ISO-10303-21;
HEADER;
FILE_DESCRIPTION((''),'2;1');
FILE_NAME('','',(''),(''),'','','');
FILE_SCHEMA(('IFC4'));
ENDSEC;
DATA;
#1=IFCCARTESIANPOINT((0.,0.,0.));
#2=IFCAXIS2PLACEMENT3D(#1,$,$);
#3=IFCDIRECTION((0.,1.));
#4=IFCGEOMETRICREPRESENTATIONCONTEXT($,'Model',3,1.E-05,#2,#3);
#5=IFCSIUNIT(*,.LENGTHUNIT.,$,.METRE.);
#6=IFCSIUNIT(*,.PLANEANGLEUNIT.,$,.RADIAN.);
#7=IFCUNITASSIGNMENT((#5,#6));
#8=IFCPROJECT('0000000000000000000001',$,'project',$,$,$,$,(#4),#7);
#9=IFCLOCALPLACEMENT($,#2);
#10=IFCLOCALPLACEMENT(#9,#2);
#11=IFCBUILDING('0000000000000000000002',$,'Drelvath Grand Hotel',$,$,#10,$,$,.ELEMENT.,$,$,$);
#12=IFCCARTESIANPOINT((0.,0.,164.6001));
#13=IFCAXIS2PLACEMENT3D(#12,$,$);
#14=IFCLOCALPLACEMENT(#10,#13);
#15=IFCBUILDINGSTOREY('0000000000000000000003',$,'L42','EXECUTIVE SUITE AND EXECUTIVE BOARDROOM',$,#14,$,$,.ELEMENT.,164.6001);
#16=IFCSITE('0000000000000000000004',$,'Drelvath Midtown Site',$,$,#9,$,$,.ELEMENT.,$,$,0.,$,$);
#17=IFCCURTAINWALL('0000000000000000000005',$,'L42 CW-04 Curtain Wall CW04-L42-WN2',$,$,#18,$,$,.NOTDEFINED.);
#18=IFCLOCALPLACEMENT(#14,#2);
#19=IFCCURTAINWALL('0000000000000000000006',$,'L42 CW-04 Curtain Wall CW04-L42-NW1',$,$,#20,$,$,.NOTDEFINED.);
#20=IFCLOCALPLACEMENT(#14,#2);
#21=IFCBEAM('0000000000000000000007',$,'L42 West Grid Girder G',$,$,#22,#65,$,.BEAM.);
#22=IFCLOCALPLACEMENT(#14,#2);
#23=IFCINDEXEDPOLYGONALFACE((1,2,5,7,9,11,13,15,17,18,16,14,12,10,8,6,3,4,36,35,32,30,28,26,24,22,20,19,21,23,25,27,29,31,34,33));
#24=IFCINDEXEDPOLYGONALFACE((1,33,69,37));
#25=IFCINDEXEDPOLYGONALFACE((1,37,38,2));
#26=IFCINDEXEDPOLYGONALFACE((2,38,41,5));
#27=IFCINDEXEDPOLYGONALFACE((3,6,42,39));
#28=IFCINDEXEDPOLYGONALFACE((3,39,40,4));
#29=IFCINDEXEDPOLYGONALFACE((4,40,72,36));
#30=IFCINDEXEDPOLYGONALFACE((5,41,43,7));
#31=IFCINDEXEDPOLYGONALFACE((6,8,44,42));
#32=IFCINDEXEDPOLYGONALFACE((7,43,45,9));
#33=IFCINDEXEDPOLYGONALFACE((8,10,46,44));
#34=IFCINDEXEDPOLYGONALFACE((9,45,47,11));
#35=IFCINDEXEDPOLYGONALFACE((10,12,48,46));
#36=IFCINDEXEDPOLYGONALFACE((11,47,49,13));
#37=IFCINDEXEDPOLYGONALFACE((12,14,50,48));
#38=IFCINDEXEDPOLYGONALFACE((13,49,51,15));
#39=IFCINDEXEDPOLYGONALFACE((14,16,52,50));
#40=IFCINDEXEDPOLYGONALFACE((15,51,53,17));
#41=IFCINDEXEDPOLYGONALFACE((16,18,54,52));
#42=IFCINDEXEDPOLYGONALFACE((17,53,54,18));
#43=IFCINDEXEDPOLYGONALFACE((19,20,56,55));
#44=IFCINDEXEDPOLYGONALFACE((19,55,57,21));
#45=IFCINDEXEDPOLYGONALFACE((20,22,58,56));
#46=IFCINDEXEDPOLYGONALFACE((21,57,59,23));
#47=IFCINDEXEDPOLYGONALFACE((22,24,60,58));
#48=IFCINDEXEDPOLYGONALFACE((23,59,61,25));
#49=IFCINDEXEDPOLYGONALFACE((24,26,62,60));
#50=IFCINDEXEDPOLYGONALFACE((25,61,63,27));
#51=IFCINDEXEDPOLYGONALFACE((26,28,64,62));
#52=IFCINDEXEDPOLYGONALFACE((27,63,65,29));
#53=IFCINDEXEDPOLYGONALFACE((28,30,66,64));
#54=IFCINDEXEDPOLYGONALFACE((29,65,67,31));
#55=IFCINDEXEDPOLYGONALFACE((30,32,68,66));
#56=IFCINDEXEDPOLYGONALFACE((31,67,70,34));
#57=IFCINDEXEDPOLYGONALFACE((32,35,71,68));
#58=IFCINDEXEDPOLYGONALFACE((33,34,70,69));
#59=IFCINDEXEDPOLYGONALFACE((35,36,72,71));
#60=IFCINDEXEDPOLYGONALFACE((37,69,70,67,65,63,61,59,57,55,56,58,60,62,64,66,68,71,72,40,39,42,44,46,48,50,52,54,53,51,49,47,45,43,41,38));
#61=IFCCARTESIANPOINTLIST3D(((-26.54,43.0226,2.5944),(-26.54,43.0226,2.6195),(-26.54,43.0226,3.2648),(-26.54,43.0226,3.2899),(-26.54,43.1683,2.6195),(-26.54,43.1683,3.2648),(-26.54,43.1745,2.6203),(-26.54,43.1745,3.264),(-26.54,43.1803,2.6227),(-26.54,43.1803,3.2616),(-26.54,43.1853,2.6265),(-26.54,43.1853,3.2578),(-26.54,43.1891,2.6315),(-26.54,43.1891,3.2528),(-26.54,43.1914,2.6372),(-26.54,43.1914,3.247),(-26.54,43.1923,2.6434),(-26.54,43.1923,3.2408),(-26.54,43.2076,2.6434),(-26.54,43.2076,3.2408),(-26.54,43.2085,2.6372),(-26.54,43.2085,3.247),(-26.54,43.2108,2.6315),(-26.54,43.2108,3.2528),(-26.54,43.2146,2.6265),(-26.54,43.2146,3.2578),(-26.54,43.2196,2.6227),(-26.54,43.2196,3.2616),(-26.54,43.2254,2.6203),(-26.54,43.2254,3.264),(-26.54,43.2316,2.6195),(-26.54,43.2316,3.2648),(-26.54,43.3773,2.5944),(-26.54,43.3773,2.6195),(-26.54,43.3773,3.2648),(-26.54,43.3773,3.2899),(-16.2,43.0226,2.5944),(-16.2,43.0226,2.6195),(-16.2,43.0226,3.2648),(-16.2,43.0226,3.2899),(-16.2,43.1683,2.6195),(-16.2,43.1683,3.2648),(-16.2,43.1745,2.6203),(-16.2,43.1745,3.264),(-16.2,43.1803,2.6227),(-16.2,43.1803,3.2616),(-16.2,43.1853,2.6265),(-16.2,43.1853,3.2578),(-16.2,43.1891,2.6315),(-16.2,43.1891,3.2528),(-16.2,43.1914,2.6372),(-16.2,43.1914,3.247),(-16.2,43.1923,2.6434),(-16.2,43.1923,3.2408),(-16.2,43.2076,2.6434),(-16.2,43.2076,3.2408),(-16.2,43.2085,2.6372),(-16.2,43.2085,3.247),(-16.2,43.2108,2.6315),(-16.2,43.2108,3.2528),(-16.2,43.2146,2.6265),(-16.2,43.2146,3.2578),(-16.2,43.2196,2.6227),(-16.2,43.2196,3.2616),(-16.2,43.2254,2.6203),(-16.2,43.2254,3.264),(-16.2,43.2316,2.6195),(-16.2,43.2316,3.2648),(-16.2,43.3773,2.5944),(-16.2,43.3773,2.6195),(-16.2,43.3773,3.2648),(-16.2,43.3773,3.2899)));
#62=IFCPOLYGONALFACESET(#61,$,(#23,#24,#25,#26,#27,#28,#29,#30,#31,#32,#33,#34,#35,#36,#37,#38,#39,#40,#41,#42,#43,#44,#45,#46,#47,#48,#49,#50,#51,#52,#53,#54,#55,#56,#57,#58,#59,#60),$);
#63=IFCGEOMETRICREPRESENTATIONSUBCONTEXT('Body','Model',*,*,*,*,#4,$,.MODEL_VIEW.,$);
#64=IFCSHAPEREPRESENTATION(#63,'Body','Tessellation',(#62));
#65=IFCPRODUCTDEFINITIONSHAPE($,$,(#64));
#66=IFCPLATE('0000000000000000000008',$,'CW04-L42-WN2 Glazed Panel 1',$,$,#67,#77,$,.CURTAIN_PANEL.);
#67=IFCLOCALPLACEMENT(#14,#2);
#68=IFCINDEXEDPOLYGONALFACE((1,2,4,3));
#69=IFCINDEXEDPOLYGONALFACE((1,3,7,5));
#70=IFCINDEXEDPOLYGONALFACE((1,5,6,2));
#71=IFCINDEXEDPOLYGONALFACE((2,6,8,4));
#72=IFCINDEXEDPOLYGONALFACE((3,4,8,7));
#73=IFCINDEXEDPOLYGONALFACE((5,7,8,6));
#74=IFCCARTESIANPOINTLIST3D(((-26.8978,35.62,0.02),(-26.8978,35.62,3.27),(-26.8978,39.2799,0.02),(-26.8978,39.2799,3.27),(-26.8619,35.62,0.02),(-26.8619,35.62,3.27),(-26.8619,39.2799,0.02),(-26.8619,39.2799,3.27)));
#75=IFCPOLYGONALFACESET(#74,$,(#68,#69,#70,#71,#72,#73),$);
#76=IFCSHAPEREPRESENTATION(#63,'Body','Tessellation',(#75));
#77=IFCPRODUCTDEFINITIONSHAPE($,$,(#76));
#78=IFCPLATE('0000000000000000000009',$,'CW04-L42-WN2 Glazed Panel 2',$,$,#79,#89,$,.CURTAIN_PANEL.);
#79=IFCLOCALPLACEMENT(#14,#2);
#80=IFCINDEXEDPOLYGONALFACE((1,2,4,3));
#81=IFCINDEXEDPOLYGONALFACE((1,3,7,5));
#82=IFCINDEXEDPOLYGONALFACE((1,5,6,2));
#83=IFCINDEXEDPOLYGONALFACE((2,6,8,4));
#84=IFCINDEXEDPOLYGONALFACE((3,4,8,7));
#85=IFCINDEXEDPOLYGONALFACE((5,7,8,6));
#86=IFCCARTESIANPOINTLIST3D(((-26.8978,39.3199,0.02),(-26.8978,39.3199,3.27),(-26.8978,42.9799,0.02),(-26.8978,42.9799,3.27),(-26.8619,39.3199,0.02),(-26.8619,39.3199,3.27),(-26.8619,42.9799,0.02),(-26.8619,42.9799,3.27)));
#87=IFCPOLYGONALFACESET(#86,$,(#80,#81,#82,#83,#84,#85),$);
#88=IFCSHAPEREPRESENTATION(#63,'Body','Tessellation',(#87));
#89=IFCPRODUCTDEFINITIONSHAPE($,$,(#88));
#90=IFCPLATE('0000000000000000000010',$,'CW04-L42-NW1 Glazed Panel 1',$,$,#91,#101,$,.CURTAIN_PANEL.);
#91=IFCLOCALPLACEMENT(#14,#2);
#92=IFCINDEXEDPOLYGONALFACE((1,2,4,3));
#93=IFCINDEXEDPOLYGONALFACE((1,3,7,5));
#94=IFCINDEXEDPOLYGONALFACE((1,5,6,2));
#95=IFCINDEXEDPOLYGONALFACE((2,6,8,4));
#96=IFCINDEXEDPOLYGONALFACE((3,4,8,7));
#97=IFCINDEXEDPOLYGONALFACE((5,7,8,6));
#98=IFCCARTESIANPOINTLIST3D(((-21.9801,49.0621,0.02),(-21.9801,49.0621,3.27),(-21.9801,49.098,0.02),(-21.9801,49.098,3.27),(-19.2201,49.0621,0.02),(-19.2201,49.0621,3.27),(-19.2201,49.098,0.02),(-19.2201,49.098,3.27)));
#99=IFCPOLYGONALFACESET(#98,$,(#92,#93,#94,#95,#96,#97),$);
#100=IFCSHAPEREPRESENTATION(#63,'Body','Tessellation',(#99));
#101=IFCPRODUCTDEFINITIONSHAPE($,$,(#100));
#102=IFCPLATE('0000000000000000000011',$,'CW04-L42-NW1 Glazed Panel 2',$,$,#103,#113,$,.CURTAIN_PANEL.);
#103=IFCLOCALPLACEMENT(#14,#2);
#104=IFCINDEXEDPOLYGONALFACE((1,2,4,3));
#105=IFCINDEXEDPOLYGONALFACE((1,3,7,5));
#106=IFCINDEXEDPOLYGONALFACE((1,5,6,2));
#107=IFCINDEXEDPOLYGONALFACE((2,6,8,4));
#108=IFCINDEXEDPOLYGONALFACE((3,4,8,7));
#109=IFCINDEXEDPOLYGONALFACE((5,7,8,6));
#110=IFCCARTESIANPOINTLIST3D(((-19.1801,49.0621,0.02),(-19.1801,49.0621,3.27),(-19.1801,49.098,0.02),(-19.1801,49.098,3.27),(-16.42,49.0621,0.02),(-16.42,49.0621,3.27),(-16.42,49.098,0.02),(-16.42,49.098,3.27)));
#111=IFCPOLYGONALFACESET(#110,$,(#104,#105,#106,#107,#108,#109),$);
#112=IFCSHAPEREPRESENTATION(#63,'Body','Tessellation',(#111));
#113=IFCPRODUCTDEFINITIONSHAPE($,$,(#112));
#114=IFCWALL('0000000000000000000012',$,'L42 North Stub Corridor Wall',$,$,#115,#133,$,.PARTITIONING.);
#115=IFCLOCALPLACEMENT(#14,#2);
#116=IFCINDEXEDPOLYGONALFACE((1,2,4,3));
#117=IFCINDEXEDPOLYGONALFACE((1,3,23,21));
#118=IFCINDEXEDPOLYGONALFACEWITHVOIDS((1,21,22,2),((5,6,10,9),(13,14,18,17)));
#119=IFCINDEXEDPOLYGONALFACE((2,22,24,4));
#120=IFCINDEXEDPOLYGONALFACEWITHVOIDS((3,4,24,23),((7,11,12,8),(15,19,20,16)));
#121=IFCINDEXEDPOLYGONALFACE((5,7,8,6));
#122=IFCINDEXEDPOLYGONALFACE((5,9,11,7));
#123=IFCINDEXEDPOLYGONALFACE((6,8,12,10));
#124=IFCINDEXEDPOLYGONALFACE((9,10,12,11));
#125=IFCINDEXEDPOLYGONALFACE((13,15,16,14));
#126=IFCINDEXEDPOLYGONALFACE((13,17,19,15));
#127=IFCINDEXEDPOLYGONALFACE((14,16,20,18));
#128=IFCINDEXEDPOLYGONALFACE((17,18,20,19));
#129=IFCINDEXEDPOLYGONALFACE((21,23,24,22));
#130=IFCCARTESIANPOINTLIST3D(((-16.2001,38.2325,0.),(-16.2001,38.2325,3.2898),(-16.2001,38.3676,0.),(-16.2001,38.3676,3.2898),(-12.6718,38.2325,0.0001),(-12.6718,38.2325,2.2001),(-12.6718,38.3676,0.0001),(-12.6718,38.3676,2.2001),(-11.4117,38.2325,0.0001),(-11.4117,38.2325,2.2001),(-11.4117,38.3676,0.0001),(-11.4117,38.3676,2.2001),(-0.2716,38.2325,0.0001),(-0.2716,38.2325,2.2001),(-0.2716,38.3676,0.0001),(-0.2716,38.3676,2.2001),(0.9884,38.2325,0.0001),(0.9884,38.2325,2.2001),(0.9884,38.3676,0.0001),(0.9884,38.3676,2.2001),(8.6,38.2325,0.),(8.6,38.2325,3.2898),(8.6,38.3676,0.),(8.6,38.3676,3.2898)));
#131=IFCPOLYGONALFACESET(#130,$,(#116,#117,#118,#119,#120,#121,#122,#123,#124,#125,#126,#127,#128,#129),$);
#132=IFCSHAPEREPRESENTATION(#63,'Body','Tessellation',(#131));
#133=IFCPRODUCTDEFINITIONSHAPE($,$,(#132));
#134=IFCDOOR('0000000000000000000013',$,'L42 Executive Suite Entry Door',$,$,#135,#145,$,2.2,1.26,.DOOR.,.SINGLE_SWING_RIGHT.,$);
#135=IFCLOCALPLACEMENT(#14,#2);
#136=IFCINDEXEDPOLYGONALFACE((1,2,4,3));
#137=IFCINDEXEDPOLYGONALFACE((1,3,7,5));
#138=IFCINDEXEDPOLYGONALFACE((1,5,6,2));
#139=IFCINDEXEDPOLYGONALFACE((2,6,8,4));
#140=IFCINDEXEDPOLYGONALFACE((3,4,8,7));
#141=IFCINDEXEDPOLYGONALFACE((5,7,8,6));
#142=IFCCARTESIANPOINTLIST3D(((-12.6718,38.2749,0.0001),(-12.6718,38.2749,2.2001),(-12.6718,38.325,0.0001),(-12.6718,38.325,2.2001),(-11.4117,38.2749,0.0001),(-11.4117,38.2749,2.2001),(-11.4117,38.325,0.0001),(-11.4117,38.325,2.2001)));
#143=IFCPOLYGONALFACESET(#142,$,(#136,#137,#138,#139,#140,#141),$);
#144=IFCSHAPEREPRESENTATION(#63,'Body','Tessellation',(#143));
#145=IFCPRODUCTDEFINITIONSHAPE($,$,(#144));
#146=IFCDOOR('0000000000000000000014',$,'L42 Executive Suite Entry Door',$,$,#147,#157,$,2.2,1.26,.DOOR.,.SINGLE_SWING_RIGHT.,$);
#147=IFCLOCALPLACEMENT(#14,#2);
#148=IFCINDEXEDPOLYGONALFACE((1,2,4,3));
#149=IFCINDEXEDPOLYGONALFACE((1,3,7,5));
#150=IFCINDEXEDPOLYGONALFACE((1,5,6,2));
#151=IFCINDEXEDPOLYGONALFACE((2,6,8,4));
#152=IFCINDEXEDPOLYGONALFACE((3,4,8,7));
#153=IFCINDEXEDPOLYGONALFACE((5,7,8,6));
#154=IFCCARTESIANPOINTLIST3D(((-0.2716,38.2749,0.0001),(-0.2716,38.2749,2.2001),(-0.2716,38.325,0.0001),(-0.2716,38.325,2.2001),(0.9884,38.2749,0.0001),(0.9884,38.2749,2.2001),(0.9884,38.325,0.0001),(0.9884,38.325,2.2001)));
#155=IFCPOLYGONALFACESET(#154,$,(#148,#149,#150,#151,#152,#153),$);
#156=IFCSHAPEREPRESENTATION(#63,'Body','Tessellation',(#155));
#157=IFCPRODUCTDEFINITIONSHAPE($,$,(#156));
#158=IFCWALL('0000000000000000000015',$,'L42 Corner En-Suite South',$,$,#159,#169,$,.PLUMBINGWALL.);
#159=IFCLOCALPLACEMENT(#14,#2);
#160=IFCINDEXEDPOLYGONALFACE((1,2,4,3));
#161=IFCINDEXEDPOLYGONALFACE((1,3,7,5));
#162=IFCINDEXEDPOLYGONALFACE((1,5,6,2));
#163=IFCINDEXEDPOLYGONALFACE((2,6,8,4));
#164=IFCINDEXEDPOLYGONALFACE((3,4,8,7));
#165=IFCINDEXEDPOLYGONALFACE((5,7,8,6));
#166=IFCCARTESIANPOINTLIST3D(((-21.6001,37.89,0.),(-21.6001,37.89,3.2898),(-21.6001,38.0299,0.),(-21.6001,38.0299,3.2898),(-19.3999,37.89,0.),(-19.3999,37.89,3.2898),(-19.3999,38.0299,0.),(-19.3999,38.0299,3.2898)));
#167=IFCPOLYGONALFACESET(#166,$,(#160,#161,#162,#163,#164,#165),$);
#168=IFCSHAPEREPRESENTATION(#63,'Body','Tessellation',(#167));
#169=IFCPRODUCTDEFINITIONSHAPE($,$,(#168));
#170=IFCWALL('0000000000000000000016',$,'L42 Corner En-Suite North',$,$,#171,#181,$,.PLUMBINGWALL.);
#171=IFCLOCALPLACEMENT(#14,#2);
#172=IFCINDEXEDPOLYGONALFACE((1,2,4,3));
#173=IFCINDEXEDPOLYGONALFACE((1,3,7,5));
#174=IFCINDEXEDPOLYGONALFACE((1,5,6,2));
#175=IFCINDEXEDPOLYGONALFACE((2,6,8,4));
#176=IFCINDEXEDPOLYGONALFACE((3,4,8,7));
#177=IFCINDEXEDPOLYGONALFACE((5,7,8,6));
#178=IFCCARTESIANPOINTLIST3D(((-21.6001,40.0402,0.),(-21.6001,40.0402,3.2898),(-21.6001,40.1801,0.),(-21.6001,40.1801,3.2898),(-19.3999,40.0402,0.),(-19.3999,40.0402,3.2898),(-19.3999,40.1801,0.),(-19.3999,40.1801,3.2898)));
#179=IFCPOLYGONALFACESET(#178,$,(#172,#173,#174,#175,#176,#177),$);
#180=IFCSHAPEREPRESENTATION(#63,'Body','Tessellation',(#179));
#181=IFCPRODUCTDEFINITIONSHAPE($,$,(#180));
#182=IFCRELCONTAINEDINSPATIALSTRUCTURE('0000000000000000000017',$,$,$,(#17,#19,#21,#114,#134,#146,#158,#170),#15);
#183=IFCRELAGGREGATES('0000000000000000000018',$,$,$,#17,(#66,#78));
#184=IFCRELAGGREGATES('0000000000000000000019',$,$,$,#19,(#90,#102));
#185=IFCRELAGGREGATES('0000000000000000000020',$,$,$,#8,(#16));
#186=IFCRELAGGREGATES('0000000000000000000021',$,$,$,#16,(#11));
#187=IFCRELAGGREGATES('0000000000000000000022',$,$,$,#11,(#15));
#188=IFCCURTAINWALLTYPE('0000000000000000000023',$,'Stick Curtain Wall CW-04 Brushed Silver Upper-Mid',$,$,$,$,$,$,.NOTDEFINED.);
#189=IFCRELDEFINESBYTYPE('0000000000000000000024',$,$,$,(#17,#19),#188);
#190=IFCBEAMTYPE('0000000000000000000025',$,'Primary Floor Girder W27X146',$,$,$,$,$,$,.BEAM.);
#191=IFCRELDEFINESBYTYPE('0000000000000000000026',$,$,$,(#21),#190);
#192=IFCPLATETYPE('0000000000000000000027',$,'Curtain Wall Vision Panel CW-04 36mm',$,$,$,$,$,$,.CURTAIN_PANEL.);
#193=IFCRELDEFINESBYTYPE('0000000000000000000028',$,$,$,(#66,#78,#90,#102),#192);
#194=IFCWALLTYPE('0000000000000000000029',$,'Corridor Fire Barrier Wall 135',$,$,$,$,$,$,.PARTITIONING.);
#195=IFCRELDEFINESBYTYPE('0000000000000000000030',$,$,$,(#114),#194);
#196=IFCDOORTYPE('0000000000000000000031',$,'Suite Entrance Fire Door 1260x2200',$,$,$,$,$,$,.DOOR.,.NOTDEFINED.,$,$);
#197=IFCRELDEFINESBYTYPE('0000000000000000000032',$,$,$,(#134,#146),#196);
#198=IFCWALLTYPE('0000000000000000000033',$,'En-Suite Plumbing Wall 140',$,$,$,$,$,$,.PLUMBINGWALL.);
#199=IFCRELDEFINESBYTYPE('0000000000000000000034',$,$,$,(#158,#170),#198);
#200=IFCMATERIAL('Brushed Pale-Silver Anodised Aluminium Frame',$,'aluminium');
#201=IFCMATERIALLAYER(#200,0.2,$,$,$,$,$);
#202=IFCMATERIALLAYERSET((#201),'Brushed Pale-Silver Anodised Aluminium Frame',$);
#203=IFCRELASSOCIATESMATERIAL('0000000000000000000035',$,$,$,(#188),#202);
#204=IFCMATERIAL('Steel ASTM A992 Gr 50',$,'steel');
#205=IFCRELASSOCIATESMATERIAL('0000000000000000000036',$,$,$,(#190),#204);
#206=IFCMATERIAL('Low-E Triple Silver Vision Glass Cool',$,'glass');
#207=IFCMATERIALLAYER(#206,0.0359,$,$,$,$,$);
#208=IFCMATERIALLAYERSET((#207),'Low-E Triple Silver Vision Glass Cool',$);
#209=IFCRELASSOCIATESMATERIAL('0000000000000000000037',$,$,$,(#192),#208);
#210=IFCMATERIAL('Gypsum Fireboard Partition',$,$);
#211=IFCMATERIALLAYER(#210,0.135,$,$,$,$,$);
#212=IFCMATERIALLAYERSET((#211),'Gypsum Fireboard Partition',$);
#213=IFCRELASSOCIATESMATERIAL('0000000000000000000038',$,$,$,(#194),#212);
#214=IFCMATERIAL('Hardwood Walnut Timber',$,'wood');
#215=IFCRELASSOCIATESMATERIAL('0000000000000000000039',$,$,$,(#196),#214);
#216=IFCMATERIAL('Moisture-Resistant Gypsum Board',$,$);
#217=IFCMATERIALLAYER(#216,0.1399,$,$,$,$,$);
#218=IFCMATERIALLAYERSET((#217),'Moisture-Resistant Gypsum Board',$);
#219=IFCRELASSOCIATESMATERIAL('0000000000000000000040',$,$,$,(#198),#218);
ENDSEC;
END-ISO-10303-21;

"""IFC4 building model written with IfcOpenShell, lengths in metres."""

from ifc_helpers import new_model, si_unit, direction, frame, frame_2d, origin, origin_2d, place, context, subcontext, project, spatial, rectangle, i_section, extrude, material, layer, layer_set, material_profile, profile_set, type_object, element, fill, aggregate, save


model = new_model("IFC4")

# Units and contexts
model_context = context("Model", 3, precision=1e-05, world=origin(), true_north=direction((0.0, 1.0)))
body_context = subcontext(model_context, "Body", "Model", "MODEL_VIEW")
ifc_project = project(units=[si_unit("LENGTHUNIT", "METRE"), si_unit("PLANEANGLEUNIT", "RADIAN")], contexts=[model_context])

# Site, building, storey
site_placement = place(None, origin())
site = spatial("IfcSite", under=ifc_project, at=site_placement, Name="Drelvath Midtown Site", CompositionType="ELEMENT", RefElevation=0.0)
building_placement = place(site_placement, origin())
building = spatial("IfcBuilding", under=site, at=building_placement, Name="Drelvath Grand Hotel", CompositionType="ELEMENT")
storey_placement = place(building_placement, frame((0.0, 0.0, 164.6001)))
storey = spatial("IfcBuildingStorey", under=building, at=storey_placement, Name="L42", Description="EXECUTIVE SUITE AND EXECUTIVE BOARDROOM", CompositionType="ELEMENT", Elevation=164.6001)

# Curtain walls
ifc_material_1 = material(Name="Brushed Pale-Silver Anodised Aluminium Frame", Category="aluminium")
ifc_layer_1 = layer(ifc_material_1, 0.2)
ifc_layer_set_1 = layer_set([ifc_layer_1], Name="Brushed Pale-Silver Anodised Aluminium Frame")
curtain_wall_type = type_object("IfcCurtainWallType", Name="Stick Curtain Wall CW-04 Brushed Silver Upper-Mid", PredefinedType="NOTDEFINED", material=ifc_layer_set_1)
curtain_wall_1_placement = place(storey_placement, origin())
curtain_wall_1 = element("IfcCurtainWall", 1, at=curtain_wall_1_placement, inside=storey, type_object=curtain_wall_type, Name="L42 CW-04 Curtain Wall CW04-L42-WN2", PredefinedType="NOTDEFINED")
curtain_wall_2_placement = place(storey_placement, origin())
curtain_wall_2 = element("IfcCurtainWall", 2, at=curtain_wall_2_placement, inside=storey, type_object=curtain_wall_type, Name="L42 CW-04 Curtain Wall CW04-L42-NW1", PredefinedType="NOTDEFINED")

# Beam
ifc_material_2 = material(Name="Steel ASTM A992 Gr 50", Category="steel")
ifc_material_profile_1 = material_profile(ifc_material_2, i_section(OverallWidth=0.3547, OverallDepth=0.6956, WebThickness=0.0154, FlangeThickness=0.0251, FilletRadius=0.0239, at=origin_2d()), Name="W27X146")
ifc_profile_set_1 = profile_set([ifc_material_profile_1], Name="Steel ASTM A992 Gr 50")
beam_type = type_object("IfcBeamType", Name="Primary Floor Girder W27X146", PredefinedType="BEAM", material=ifc_profile_set_1)
beam_placement = place(storey_placement, frame((-26.54, 43.2, 2.9421), z_axis=(1.0, 0.0, 0.0), x_axis=(0.0, 1.0, 0.0)))
element("IfcBeam", 3, at=beam_placement, inside=storey, type_object=beam_type, Name="L42 West Grid Girder G", PredefinedType="BEAM", context=body_context, shape_type="SweptSolid", body=[
    extrude(i_section(OverallWidth=0.3547, OverallDepth=0.6956, WebThickness=0.0154, FlangeThickness=0.0251, FilletRadius=0.0239, at=origin_2d()), origin(), (0.0, 0.0, 1.0), 10.3401),
])

# Plates
ifc_material_3 = material(Name="Low-E Triple Silver Vision Glass Cool", Category="glass")
ifc_layer_2 = layer(ifc_material_3, 0.0359)
ifc_layer_set_2 = layer_set([ifc_layer_2], Name="Low-E Triple Silver Vision Glass Cool")
plate_type = type_object("IfcPlateType", Name="Curtain Wall Vision Panel CW-04 36mm", PredefinedType="CURTAIN_PANEL", material=ifc_layer_set_2)
plate_1_placement = place(storey_placement, frame((-26.8799, 37.45, 0.02), z_axis=(0.0, 0.0, 1.0), x_axis=(0.0, 1.0, 0.0)))
plate_1 = element("IfcPlate", 4, at=plate_1_placement, type_object=plate_type, Name="CW04-L42-WN2 Glazed Panel 1", PredefinedType="CURTAIN_PANEL", context=body_context, shape_type="SweptSolid", body=[
    extrude(rectangle(XDim=3.6599, YDim=0.0359, at=origin_2d()), origin(), (0.0, 0.0, 1.0), 3.25),
])
plate_2_placement = place(storey_placement, frame((-26.8799, 41.1499, 0.02), z_axis=(0.0, 0.0, 1.0), x_axis=(0.0, 1.0, 0.0)))
plate_2 = element("IfcPlate", 5, at=plate_2_placement, type_object=plate_type, Name="CW04-L42-WN2 Glazed Panel 2", PredefinedType="CURTAIN_PANEL", context=body_context, shape_type="SweptSolid", body=[
    extrude(rectangle(XDim=3.6599, YDim=0.0359, at=origin_2d()), origin(), (0.0, 0.0, 1.0), 3.25),
])
aggregate(curtain_wall_1, [plate_1, plate_2])
plate_3_placement = place(storey_placement, frame((-20.6001, 49.0801, 0.02), z_axis=(0.0, 0.0, 1.0), x_axis=(1.0, 0.0, 0.0)))
plate_3 = element("IfcPlate", 6, at=plate_3_placement, type_object=plate_type, Name="CW04-L42-NW1 Glazed Panel 1", PredefinedType="CURTAIN_PANEL", context=body_context, shape_type="SweptSolid", body=[
    extrude(rectangle(XDim=2.76, YDim=0.0359, at=origin_2d()), origin(), (0.0, 0.0, 1.0), 3.25),
])
plate_4_placement = place(storey_placement, frame((-17.8, 49.0801, 0.02), z_axis=(0.0, 0.0, 1.0), x_axis=(1.0, 0.0, 0.0)))
plate_4 = element("IfcPlate", 7, at=plate_4_placement, type_object=plate_type, Name="CW04-L42-NW1 Glazed Panel 2", PredefinedType="CURTAIN_PANEL", context=body_context, shape_type="SweptSolid", body=[
    extrude(rectangle(XDim=2.76, YDim=0.0359, at=origin_2d()), origin(), (0.0, 0.0, 1.0), 3.25),
])
aggregate(curtain_wall_2, [plate_3, plate_4])

# Wall, openings, doors
ifc_material_4 = material(Name="Gypsum Fireboard Partition")
ifc_layer_3 = layer(ifc_material_4, 0.135)
ifc_layer_set_3 = layer_set([ifc_layer_3], Name="Gypsum Fireboard Partition")
wall_type_1 = type_object("IfcWallType", Name="Corridor Fire Barrier Wall 135", PredefinedType="PARTITIONING", material=ifc_layer_set_3)
wall_1_placement = place(storey_placement, frame((-16.2, 38.3, 0.0), z_axis=(0.0, 0.0, 1.0), x_axis=(1.0, 0.0, 0.0)))
wall_1 = element("IfcWall", 8, at=wall_1_placement, inside=storey, type_object=wall_type_1, Name="L42 North Stub Corridor Wall", PredefinedType="PARTITIONING", context=body_context, shape_type="SweptSolid", body=[
    extrude(rectangle(XDim=24.8, YDim=0.135, at=frame_2d((12.3999, 0.0))), origin(), (0.0, 0.0, 1.0), 3.2898),
])
opening_1_placement = place(wall_1_placement, frame((3.5283, 0.0, 0.0)))
opening_1 = element("IfcOpeningElement", 9, at=opening_1_placement, cuts=wall_1, PredefinedType="OPENING", context=body_context, shape_type="SweptSolid", body=[
    extrude(rectangle(XDim=1.26, YDim=2.2, at=frame_2d((0.6299, 1.1001))), frame((0.0, 0.0774, 0.0), z_axis=(0.0, -1.0, 0.0), x_axis=(1.0, 0.0, 0.0)), (0.0, 0.0, 1.0), 0.155),
])
opening_2_placement = place(wall_1_placement, frame((15.9285, 0.0, 0.0)))
opening_2 = element("IfcOpeningElement", 10, at=opening_2_placement, cuts=wall_1, PredefinedType="OPENING", context=body_context, shape_type="SweptSolid", body=[
    extrude(rectangle(XDim=1.26, YDim=2.2, at=frame_2d((0.6299, 1.1001))), frame((0.0, 0.0774, 0.0), z_axis=(0.0, -1.0, 0.0), x_axis=(1.0, 0.0, 0.0)), (0.0, 0.0, 1.0), 0.155),
])
ifc_material_5 = material(Name="Hardwood Walnut Timber", Category="wood")
door_type_1 = type_object("IfcDoorType", Name="Suite Entrance Fire Door 1260x2200", OperationType="NOTDEFINED", PredefinedType="DOOR", material=ifc_material_5)
door_1_placement = place(opening_1_placement, origin())
door_1 = element("IfcDoor", 11, at=door_1_placement, inside=storey, type_object=door_type_1, Name="L42 Executive Suite Entry Door", OperationType="SINGLE_SWING_RIGHT", OverallHeight=2.2, OverallWidth=1.26, PredefinedType="DOOR", context=body_context, shape_type="SweptSolid", body=[
    extrude(rectangle(XDim=1.26, YDim=2.2, at=frame_2d((0.6299, 1.1001))), frame((0.0, 0.0249, 0.0), z_axis=(0.0, -1.0, 0.0), x_axis=(1.0, 0.0, 0.0)), (0.0, 0.0, 1.0), 0.05),
])
fill(opening_1, door_1)
door_2_placement = place(opening_2_placement, origin())
door_2 = element("IfcDoor", 12, at=door_2_placement, inside=storey, type_object=door_type_1, Name="L42 Executive Suite Entry Door", OperationType="SINGLE_SWING_RIGHT", OverallHeight=2.2, OverallWidth=1.26, PredefinedType="DOOR", context=body_context, shape_type="SweptSolid", body=[
    extrude(rectangle(XDim=1.26, YDim=2.2, at=frame_2d((0.6299, 1.1001))), frame((0.0, 0.0249, 0.0), z_axis=(0.0, -1.0, 0.0), x_axis=(1.0, 0.0, 0.0)), (0.0, 0.0, 1.0), 0.05),
])
fill(opening_2, door_2)

# Walls
ifc_material_6 = material(Name="Moisture-Resistant Gypsum Board")
ifc_layer_4 = layer(ifc_material_6, 0.1399)
ifc_layer_set_4 = layer_set([ifc_layer_4], Name="Moisture-Resistant Gypsum Board")
wall_type_2 = type_object("IfcWallType", Name="En-Suite Plumbing Wall 140", PredefinedType="PLUMBINGWALL", material=ifc_layer_set_4)
for number, where, z_axis, x_axis, name in (
    (13, (-21.6001, 37.96, 0.0), (0.0, 0.0, 1.0), (1.0, 0.0, 0.0), "L42 Corner En-Suite South"),
    (14, (-21.6001, 40.1101, 0.0), (0.0, 0.0, 1.0), (1.0, 0.0, 0.0), "L42 Corner En-Suite North"),
):
    element("IfcWall", number, at=place(storey_placement, frame(where, z_axis=z_axis, x_axis=x_axis)), inside=storey, type_object=wall_type_2, Name=name, PredefinedType="PLUMBINGWALL", context=body_context, shape_type="SweptSolid", body=[
        extrude(rectangle(XDim=2.2002, YDim=0.1399, at=frame_2d((1.1001, 0.0))), origin(), (0.0, 0.0, 1.0), 3.2898),
    ])

save(model, "model.ifc")
